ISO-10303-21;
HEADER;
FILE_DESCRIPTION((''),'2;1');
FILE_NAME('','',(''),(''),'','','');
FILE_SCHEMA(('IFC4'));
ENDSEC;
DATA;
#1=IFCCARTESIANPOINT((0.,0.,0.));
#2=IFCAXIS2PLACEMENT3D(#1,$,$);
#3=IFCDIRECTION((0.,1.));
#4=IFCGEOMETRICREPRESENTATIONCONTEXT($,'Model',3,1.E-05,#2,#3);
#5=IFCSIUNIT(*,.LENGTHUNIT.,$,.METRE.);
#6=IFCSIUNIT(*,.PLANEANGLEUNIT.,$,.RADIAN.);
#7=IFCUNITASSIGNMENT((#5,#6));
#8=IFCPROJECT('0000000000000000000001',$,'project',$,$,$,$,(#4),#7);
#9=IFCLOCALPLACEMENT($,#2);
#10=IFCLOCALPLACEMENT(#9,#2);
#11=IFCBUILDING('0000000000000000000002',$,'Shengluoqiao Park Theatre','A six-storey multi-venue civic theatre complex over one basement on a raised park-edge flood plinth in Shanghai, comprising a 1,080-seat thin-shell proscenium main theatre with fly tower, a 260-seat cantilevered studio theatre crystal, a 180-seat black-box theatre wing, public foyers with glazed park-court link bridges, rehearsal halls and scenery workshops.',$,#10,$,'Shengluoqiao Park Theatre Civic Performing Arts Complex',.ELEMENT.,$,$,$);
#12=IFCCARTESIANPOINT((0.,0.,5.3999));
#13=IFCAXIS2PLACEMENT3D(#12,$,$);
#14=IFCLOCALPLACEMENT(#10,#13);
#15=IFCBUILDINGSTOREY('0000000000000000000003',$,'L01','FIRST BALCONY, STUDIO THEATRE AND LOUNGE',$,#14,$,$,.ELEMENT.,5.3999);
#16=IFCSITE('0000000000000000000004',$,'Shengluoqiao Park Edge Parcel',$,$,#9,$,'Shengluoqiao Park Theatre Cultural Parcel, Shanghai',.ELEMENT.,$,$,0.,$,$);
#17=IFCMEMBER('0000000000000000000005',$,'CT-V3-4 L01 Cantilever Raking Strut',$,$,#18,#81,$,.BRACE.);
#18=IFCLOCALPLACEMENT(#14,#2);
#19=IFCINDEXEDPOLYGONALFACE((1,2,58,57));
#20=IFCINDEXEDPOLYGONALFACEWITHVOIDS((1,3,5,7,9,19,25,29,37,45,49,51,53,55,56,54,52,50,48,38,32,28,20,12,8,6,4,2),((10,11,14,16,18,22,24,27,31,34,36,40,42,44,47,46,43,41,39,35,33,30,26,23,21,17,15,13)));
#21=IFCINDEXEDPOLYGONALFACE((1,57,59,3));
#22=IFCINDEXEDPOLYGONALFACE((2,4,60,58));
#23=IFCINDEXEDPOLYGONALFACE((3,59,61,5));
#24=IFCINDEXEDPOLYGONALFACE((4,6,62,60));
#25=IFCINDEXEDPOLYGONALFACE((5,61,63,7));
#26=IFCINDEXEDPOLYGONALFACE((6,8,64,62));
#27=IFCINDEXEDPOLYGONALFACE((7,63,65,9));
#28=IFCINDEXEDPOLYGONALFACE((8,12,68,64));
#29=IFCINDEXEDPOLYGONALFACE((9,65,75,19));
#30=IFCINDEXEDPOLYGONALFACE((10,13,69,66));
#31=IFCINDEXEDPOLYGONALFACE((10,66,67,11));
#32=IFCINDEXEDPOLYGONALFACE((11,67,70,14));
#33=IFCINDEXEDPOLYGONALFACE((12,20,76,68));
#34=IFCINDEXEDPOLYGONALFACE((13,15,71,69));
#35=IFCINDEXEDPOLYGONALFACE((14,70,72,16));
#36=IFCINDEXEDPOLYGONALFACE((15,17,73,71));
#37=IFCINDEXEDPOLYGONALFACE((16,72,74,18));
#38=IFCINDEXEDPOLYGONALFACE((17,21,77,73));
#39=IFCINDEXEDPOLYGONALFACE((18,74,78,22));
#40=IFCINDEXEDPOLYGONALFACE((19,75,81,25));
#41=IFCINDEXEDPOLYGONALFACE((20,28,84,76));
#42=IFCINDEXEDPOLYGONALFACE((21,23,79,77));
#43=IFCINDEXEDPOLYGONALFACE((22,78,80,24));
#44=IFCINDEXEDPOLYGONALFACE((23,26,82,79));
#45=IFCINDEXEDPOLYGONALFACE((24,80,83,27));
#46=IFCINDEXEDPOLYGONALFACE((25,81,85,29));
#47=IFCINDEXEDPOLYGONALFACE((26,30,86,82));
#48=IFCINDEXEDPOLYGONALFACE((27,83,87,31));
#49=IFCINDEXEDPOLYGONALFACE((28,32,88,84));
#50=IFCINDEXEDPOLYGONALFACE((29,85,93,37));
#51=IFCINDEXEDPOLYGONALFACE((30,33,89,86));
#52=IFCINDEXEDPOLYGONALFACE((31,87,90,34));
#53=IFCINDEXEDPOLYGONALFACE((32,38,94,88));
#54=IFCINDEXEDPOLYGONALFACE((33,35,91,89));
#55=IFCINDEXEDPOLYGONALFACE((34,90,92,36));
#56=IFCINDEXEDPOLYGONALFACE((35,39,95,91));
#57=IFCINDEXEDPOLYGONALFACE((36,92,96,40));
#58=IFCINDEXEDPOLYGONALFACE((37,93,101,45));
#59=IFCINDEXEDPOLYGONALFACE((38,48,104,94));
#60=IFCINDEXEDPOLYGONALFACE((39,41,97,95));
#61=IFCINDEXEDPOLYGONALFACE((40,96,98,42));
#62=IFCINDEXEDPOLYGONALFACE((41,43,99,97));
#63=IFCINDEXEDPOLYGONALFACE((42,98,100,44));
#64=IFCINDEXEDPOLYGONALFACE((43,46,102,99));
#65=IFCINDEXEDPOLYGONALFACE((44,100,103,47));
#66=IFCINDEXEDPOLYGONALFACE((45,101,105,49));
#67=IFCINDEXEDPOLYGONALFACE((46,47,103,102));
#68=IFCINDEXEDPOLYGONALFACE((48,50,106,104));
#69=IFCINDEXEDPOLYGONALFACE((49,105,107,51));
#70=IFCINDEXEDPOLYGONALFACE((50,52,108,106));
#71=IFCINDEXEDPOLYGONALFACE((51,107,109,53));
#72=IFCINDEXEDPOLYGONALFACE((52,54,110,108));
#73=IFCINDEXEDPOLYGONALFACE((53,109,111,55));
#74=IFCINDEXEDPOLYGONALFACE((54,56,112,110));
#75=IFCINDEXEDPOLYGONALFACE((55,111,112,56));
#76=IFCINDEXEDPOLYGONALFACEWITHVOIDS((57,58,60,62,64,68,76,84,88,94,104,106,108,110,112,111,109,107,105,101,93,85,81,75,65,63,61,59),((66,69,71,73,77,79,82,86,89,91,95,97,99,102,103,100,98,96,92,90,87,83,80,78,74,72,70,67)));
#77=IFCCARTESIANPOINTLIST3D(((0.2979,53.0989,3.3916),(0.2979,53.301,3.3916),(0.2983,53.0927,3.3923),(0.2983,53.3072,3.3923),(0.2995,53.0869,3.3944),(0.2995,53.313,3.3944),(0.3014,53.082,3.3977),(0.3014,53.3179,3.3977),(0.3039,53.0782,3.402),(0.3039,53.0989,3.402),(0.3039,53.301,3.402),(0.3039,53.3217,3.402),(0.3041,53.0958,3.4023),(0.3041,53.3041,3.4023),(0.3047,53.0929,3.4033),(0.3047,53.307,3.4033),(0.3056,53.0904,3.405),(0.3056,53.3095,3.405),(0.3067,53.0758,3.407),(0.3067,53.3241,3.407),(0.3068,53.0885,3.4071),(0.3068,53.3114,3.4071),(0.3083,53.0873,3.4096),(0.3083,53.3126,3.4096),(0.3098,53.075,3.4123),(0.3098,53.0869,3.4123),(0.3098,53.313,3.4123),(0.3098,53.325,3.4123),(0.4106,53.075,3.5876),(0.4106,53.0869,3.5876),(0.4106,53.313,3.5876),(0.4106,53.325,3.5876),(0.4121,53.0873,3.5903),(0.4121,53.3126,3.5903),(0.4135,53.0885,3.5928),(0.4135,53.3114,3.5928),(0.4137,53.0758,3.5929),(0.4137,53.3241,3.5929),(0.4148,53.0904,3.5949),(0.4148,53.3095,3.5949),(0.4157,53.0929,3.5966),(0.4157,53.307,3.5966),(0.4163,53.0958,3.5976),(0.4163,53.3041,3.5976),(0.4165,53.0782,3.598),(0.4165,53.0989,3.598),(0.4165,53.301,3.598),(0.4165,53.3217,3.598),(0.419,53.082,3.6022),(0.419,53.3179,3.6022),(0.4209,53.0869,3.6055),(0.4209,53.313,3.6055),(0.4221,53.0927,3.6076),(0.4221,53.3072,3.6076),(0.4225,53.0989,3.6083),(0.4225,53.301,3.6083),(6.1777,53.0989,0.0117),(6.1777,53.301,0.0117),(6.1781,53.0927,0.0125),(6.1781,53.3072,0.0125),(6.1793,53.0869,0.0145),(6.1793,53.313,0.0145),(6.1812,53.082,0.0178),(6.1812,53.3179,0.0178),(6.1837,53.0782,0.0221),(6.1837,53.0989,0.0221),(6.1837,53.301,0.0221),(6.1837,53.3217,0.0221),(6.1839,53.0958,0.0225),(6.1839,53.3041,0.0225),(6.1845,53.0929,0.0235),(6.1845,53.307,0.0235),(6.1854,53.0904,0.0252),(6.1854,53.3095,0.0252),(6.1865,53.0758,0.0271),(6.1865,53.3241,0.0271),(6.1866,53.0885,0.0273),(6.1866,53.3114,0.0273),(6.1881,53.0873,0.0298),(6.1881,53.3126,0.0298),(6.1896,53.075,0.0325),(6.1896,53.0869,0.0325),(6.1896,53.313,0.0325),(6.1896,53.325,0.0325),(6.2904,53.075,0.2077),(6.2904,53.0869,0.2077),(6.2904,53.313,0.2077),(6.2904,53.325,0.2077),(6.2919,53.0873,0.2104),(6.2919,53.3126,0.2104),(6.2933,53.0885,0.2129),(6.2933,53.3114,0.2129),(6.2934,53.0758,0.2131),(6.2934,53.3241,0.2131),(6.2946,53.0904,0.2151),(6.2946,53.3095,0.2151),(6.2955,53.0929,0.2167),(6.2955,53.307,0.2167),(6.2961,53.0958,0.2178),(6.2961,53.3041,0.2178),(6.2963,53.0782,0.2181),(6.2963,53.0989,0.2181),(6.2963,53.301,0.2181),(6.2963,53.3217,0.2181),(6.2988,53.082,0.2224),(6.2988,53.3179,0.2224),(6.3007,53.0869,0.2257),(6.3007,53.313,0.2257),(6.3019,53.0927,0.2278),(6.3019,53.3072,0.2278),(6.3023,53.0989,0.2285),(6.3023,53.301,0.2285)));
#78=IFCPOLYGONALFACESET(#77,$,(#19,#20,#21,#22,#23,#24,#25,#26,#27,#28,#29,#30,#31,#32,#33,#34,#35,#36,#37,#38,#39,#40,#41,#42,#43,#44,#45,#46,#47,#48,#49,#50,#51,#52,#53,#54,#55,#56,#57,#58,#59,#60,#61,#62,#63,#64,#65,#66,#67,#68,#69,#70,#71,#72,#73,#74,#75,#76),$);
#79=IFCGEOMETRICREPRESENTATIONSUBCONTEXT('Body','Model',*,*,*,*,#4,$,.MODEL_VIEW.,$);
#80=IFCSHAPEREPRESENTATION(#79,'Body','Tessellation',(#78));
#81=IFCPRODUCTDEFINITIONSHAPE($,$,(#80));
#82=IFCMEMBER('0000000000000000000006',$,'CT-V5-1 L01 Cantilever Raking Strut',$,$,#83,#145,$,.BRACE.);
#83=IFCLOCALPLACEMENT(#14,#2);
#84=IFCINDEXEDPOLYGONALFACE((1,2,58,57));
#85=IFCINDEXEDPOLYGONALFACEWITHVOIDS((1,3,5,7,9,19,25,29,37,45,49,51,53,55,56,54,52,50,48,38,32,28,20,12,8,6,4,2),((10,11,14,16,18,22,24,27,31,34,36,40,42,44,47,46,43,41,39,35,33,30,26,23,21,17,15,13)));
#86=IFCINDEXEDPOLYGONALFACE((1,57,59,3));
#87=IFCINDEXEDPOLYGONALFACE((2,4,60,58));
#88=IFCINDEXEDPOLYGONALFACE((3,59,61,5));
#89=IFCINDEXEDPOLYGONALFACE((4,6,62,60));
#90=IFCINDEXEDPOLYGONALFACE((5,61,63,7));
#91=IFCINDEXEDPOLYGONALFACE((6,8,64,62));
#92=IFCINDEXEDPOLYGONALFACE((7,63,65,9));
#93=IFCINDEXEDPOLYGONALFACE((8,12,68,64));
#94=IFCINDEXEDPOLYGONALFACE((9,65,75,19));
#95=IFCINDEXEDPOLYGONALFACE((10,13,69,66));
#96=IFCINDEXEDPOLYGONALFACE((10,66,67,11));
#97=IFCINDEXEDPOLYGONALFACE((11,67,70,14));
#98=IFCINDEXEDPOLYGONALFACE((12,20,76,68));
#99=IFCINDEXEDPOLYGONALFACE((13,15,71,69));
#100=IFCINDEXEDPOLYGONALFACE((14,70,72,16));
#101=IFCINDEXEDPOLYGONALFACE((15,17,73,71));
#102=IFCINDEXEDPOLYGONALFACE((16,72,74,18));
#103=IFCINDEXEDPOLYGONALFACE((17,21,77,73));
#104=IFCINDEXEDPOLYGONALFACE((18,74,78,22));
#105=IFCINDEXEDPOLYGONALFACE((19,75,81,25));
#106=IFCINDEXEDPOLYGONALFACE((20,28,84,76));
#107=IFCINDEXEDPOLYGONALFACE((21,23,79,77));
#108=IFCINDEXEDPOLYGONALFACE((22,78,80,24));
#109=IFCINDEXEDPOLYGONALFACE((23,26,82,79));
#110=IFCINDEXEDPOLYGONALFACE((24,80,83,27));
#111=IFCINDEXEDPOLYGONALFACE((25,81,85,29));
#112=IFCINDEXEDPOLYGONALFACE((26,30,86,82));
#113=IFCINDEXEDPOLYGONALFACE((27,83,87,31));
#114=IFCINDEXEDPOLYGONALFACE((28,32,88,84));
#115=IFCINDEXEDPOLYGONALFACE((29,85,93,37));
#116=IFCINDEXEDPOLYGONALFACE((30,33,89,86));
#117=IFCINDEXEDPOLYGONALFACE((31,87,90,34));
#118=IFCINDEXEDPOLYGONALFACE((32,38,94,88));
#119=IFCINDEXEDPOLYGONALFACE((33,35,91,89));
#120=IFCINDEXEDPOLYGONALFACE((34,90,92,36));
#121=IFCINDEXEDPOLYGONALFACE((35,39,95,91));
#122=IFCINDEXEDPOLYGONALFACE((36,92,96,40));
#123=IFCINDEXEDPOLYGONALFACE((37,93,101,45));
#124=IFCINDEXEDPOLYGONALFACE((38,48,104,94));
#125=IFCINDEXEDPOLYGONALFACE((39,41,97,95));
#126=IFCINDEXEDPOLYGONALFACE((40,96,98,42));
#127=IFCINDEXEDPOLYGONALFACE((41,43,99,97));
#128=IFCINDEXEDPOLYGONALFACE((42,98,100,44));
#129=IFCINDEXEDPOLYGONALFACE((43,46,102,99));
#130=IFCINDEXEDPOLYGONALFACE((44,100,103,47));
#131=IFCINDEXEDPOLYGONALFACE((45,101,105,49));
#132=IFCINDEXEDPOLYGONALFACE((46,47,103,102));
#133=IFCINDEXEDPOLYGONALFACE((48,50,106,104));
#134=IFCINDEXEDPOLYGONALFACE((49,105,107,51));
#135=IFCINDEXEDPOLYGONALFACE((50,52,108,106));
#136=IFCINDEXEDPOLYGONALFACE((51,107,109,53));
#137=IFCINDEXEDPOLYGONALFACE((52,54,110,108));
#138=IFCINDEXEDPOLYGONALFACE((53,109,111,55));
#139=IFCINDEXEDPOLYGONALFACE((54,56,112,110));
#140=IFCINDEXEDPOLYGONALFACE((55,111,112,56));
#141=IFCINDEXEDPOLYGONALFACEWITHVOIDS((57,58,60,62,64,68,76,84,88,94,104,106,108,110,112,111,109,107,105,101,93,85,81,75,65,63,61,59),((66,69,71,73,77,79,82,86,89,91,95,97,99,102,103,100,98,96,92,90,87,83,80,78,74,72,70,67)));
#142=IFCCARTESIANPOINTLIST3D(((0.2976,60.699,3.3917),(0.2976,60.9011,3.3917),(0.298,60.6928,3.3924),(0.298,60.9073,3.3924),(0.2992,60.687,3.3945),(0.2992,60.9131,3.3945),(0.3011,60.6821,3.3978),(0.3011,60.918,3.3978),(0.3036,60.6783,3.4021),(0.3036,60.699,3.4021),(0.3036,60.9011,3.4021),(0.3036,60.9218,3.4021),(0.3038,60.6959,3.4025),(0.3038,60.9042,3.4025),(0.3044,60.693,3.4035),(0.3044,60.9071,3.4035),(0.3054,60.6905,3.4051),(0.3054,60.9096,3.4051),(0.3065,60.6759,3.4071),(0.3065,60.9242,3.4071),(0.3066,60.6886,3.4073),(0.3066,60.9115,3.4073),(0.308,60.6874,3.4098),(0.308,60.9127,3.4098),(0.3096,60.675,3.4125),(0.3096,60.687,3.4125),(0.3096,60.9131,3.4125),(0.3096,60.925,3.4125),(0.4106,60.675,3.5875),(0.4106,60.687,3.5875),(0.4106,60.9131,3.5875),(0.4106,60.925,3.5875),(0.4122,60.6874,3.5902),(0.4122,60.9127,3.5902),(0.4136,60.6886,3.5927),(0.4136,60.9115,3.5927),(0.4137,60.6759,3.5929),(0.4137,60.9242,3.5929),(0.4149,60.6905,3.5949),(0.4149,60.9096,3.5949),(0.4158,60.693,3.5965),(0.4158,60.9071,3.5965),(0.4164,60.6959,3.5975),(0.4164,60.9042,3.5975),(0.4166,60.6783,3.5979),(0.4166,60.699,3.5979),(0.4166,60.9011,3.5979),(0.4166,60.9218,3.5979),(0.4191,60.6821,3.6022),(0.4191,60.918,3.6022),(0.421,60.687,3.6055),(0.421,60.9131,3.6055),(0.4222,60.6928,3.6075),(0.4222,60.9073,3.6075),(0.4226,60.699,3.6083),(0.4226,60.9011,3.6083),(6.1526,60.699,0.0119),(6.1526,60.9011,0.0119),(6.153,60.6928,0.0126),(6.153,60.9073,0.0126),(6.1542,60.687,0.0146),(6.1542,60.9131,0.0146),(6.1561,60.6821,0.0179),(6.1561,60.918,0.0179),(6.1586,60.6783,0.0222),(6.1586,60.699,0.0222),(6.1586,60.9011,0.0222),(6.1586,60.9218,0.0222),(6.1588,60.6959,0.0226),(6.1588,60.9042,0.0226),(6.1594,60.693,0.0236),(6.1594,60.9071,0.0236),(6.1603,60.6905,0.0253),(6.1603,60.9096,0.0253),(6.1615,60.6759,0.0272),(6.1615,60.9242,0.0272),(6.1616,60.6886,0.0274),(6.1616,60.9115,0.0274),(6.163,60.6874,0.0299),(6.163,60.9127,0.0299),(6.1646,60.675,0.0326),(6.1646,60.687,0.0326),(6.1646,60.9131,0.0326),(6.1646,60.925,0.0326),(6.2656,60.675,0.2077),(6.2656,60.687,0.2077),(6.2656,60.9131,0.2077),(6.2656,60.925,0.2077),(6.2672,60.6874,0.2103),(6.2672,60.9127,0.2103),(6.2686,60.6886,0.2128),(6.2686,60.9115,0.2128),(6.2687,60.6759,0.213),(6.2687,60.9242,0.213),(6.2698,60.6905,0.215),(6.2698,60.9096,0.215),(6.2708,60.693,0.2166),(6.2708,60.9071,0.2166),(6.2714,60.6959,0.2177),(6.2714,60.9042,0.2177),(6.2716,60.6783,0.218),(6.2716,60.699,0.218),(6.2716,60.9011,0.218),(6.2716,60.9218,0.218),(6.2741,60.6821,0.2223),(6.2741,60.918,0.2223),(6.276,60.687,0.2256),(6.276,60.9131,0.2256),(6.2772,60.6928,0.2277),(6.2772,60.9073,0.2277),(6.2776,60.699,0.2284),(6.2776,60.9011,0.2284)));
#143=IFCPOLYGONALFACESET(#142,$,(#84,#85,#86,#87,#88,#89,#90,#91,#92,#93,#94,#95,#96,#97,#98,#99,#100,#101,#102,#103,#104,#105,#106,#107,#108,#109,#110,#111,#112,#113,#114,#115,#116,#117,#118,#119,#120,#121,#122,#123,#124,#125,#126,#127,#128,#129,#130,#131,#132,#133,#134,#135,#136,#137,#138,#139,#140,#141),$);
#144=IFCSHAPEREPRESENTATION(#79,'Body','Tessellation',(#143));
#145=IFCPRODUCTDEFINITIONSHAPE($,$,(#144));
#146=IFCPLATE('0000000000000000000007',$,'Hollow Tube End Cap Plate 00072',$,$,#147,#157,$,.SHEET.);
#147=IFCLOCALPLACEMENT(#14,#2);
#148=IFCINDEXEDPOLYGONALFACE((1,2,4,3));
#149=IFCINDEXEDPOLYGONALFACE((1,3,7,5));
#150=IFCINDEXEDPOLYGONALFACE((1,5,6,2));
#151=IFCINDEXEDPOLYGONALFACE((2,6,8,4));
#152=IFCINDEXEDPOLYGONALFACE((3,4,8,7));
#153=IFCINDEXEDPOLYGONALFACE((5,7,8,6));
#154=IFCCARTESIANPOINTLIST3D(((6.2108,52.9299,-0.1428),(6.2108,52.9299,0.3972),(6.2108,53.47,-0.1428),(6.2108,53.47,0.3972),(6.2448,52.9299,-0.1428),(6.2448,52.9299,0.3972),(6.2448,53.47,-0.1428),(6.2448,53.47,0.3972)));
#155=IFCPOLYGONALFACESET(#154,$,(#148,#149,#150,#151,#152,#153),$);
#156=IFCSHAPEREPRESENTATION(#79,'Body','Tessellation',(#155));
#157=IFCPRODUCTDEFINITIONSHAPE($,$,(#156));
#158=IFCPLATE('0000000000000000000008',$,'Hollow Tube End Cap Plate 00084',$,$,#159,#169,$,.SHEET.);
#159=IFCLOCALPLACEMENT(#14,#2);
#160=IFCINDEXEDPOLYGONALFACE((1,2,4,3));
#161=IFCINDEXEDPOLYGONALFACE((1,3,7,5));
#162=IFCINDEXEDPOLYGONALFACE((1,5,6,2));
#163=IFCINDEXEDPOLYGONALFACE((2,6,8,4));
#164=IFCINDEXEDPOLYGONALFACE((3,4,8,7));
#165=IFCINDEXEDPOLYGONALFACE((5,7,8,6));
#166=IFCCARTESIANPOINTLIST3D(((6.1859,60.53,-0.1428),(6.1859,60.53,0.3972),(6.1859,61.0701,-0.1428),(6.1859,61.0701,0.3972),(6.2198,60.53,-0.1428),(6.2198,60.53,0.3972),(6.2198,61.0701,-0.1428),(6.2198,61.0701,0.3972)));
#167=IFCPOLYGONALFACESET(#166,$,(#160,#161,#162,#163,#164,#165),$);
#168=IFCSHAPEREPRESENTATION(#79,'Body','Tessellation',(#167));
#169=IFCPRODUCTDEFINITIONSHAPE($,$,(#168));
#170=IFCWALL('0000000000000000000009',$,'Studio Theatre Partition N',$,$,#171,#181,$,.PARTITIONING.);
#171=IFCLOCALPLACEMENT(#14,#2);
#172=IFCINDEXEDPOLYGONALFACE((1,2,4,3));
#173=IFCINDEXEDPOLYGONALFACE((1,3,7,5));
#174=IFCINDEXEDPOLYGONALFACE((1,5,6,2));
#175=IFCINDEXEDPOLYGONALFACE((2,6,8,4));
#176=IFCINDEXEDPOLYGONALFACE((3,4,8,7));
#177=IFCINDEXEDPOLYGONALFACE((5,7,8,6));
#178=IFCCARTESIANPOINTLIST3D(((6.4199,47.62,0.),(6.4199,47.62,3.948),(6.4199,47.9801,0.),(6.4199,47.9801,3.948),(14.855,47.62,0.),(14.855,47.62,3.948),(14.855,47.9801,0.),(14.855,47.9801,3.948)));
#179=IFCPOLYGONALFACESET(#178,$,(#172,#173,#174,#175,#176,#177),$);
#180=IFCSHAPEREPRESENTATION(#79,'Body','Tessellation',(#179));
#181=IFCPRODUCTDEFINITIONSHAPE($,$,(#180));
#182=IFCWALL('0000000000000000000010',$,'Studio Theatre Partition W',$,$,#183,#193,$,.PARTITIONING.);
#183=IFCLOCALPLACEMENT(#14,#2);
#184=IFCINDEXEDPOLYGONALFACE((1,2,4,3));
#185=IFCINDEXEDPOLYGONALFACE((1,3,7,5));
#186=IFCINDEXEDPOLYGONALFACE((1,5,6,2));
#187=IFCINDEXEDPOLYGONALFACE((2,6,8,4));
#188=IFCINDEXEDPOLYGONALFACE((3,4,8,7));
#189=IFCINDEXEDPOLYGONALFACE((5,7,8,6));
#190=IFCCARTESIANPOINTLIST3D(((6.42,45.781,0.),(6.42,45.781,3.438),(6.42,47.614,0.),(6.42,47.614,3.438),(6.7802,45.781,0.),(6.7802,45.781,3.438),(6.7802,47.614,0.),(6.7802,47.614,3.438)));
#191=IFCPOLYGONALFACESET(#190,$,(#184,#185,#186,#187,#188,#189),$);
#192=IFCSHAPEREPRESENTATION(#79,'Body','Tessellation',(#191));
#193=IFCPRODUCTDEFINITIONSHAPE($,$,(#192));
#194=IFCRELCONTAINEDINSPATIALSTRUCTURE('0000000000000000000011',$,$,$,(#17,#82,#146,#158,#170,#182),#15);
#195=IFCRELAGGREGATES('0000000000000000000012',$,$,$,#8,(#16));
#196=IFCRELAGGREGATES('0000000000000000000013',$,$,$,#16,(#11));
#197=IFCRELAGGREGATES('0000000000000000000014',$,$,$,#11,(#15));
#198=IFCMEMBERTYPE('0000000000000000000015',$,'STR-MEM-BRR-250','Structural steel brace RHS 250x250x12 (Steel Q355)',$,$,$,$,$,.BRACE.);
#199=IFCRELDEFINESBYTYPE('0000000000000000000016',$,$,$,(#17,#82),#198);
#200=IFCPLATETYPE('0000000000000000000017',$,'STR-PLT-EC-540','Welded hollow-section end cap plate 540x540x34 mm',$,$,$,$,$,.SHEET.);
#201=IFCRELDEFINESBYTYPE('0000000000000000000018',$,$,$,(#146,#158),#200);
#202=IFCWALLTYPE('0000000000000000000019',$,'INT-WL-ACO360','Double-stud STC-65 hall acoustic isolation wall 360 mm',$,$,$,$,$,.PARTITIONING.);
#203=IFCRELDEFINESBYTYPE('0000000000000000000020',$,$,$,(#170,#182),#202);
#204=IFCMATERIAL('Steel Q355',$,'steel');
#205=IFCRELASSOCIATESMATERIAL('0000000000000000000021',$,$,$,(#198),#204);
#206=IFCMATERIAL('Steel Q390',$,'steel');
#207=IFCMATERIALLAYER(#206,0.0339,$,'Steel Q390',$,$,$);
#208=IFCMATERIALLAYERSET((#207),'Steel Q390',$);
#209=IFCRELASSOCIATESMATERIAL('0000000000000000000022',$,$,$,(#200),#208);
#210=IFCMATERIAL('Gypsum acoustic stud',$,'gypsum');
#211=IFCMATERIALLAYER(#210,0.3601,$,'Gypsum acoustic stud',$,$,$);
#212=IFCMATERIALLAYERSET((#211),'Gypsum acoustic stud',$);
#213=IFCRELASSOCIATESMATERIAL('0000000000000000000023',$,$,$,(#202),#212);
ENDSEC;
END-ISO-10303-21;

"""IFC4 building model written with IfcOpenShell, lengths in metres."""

from ifc_helpers import new_model, si_unit, direction, frame, frame_2d, origin, origin_2d, place, context, subcontext, project, spatial, rectangle, hollow_rectangle, extrude, material, layer, layer_set, material_profile, profile_set, type_object, element, save


model = new_model("IFC4")

# Units and contexts
model_context = context("Model", 3, precision=1e-05, world=origin(), true_north=direction((0.0, 1.0)))
body_context = subcontext(model_context, "Body", "Model", "MODEL_VIEW")
ifc_project = project(units=[si_unit("LENGTHUNIT", "METRE"), si_unit("PLANEANGLEUNIT", "RADIAN")], contexts=[model_context])

# Site, building, storey
site_placement = place(None, origin())
site = spatial("IfcSite", under=ifc_project, at=site_placement, Name="Shengluoqiao Park Edge Parcel", LongName="Shengluoqiao Park Theatre Cultural Parcel, Shanghai", CompositionType="ELEMENT", RefElevation=0.0)
building_placement = place(site_placement, origin())
building = spatial("IfcBuilding", under=site, at=building_placement, Name="Shengluoqiao Park Theatre", Description="A six-storey multi-venue civic theatre complex over one basement on a raised park-edge flood plinth in Shanghai, comprising a 1,080-seat thin-shell proscenium main theatre with fly tower, a 260-seat cantilevered studio theatre crystal, a 180-seat black-box theatre wing, public foyers with glazed park-court link bridges, rehearsal halls and scenery workshops.", LongName="Shengluoqiao Park Theatre Civic Performing Arts Complex", CompositionType="ELEMENT")
storey_placement = place(building_placement, frame((0.0, 0.0, 5.3999)))
storey = spatial("IfcBuildingStorey", under=building, at=storey_placement, Name="L01", Description="FIRST BALCONY, STUDIO THEATRE AND LOUNGE", CompositionType="ELEMENT", Elevation=5.3999)

# Shared definitions
ifc_material_1 = material(Name="Steel Q355", Category="steel")

# Shared definitions
ifc_material_2 = material(Name="Steel Q390", Category="steel")

# Members
ifc_material_profile_1 = material_profile(ifc_material_1, hollow_rectangle(XDim=0.25, YDim=0.25, WallThickness=0.012, InnerFilletRadius=0.012, OuterFilletRadius=0.0239, at=origin_2d()), Name="RHS 250x250x12")
ifc_profile_set_1 = profile_set([ifc_material_profile_1], Name="Steel Q355")
member_type = type_object("IfcMemberType", Name="STR-MEM-BRR-250", Description="Structural steel brace RHS 250x250x12 (Steel Q355)", PredefinedType="BRACE", material=ifc_profile_set_1)
member_1_placement = place(storey_placement, frame((6.24, 53.2, 0.1201), z_axis=(-0.866973, 0.0, 0.498355), x_axis=(0.0, -1.0, 0.0)))
element("IfcMember", 1, at=member_1_placement, inside=storey, type_object=member_type, Name="CT-V3-4 L01 Cantilever Raking Strut", PredefinedType="BRACE", context=body_context, shape_type="SweptSolid", body=[
    extrude(hollow_rectangle(XDim=0.25, YDim=0.25, WallThickness=0.012, InnerFilletRadius=0.012, OuterFilletRadius=0.0239, at=origin_2d()), origin(), (0.0, 0.0, 1.0), 6.782),
])
member_2_placement = place(storey_placement, frame((6.2151, 60.8, 0.1201), z_axis=(-0.866057, 0.0, 0.499945), x_axis=(0.0, -1.0, 0.0)))
element("IfcMember", 2, at=member_2_placement, inside=storey, type_object=member_type, Name="CT-V5-1 L01 Cantilever Raking Strut", PredefinedType="BRACE", context=body_context, shape_type="SweptSolid", body=[
    extrude(hollow_rectangle(XDim=0.25, YDim=0.25, WallThickness=0.012, InnerFilletRadius=0.012, OuterFilletRadius=0.0239, at=origin_2d()), origin(), (0.0, 0.0, 1.0), 6.7605),
])

# Plates
ifc_layer_1 = layer(ifc_material_2, 0.0339, Name="Steel Q390")
ifc_layer_set_1 = layer_set([ifc_layer_1], Name="Steel Q390")
plate_type = type_object("IfcPlateType", Name="STR-PLT-EC-540", Description="Welded hollow-section end cap plate 540x540x34 mm", PredefinedType="SHEET", material=ifc_layer_set_1)
for number, where, z_axis, x_axis, name in (
    (3, (6.2278, 53.2, -0.1428), (0.0, 0.0, 1.0), (-1.0, 0.0, 0.0), "Hollow Tube End Cap Plate 00072"),
    (4, (6.2029, 60.8, -0.1428), (0.0, 0.0, 1.0), (-1.0, 0.0, 0.0), "Hollow Tube End Cap Plate 00084"),
):
    element("IfcPlate", number, at=place(storey_placement, frame(where, z_axis=z_axis, x_axis=x_axis)), inside=storey, type_object=plate_type, Name=name, PredefinedType="SHEET", context=body_context, shape_type="SweptSolid", body=[
        extrude(rectangle(XDim=0.0339, YDim=0.54, at=origin_2d()), origin(), (0.0, 0.0, 1.0), 0.54),
    ])

# Walls
ifc_material_3 = material(Name="Gypsum acoustic stud", Category="gypsum")
ifc_layer_2 = layer(ifc_material_3, 0.3601, Name="Gypsum acoustic stud")
ifc_layer_set_2 = layer_set([ifc_layer_2], Name="Gypsum acoustic stud")
wall_type_1 = type_object("IfcWallType", Name="INT-WL-ACO360", Description="Double-stud STC-65 hall acoustic isolation wall 360 mm", PredefinedType="PARTITIONING", material=ifc_layer_set_2)
wall_1_placement = place(storey_placement, frame((6.4199, 47.8, 0.0), z_axis=(0.0, 0.0, 1.0), x_axis=(1.0, 0.0, 0.0)))
element("IfcWall", 5, at=wall_1_placement, inside=storey, type_object=wall_type_1, Name="Studio Theatre Partition N", PredefinedType="PARTITIONING", context=body_context, shape_type="SweptSolid", body=[
    extrude(rectangle(XDim=8.4351, YDim=0.3601, at=frame_2d((4.2175, 0.0))), origin(), (0.0, 0.0, 1.0), 3.948),
])
wall_2_placement = place(storey_placement, frame((6.6001, 45.781, 0.0), z_axis=(0.0, 0.0, 1.0), x_axis=(0.0, 1.0, 0.0)))
element("IfcWall", 6, at=wall_2_placement, inside=storey, type_object=wall_type_1, Name="Studio Theatre Partition W", PredefinedType="PARTITIONING", context=body_context, shape_type="SweptSolid", body=[
    extrude(rectangle(XDim=1.833, YDim=0.3601, at=frame_2d((0.9165, 0.0))), origin(), (0.0, 0.0, 1.0), 3.438),
])

save(model, "model.ifc")
